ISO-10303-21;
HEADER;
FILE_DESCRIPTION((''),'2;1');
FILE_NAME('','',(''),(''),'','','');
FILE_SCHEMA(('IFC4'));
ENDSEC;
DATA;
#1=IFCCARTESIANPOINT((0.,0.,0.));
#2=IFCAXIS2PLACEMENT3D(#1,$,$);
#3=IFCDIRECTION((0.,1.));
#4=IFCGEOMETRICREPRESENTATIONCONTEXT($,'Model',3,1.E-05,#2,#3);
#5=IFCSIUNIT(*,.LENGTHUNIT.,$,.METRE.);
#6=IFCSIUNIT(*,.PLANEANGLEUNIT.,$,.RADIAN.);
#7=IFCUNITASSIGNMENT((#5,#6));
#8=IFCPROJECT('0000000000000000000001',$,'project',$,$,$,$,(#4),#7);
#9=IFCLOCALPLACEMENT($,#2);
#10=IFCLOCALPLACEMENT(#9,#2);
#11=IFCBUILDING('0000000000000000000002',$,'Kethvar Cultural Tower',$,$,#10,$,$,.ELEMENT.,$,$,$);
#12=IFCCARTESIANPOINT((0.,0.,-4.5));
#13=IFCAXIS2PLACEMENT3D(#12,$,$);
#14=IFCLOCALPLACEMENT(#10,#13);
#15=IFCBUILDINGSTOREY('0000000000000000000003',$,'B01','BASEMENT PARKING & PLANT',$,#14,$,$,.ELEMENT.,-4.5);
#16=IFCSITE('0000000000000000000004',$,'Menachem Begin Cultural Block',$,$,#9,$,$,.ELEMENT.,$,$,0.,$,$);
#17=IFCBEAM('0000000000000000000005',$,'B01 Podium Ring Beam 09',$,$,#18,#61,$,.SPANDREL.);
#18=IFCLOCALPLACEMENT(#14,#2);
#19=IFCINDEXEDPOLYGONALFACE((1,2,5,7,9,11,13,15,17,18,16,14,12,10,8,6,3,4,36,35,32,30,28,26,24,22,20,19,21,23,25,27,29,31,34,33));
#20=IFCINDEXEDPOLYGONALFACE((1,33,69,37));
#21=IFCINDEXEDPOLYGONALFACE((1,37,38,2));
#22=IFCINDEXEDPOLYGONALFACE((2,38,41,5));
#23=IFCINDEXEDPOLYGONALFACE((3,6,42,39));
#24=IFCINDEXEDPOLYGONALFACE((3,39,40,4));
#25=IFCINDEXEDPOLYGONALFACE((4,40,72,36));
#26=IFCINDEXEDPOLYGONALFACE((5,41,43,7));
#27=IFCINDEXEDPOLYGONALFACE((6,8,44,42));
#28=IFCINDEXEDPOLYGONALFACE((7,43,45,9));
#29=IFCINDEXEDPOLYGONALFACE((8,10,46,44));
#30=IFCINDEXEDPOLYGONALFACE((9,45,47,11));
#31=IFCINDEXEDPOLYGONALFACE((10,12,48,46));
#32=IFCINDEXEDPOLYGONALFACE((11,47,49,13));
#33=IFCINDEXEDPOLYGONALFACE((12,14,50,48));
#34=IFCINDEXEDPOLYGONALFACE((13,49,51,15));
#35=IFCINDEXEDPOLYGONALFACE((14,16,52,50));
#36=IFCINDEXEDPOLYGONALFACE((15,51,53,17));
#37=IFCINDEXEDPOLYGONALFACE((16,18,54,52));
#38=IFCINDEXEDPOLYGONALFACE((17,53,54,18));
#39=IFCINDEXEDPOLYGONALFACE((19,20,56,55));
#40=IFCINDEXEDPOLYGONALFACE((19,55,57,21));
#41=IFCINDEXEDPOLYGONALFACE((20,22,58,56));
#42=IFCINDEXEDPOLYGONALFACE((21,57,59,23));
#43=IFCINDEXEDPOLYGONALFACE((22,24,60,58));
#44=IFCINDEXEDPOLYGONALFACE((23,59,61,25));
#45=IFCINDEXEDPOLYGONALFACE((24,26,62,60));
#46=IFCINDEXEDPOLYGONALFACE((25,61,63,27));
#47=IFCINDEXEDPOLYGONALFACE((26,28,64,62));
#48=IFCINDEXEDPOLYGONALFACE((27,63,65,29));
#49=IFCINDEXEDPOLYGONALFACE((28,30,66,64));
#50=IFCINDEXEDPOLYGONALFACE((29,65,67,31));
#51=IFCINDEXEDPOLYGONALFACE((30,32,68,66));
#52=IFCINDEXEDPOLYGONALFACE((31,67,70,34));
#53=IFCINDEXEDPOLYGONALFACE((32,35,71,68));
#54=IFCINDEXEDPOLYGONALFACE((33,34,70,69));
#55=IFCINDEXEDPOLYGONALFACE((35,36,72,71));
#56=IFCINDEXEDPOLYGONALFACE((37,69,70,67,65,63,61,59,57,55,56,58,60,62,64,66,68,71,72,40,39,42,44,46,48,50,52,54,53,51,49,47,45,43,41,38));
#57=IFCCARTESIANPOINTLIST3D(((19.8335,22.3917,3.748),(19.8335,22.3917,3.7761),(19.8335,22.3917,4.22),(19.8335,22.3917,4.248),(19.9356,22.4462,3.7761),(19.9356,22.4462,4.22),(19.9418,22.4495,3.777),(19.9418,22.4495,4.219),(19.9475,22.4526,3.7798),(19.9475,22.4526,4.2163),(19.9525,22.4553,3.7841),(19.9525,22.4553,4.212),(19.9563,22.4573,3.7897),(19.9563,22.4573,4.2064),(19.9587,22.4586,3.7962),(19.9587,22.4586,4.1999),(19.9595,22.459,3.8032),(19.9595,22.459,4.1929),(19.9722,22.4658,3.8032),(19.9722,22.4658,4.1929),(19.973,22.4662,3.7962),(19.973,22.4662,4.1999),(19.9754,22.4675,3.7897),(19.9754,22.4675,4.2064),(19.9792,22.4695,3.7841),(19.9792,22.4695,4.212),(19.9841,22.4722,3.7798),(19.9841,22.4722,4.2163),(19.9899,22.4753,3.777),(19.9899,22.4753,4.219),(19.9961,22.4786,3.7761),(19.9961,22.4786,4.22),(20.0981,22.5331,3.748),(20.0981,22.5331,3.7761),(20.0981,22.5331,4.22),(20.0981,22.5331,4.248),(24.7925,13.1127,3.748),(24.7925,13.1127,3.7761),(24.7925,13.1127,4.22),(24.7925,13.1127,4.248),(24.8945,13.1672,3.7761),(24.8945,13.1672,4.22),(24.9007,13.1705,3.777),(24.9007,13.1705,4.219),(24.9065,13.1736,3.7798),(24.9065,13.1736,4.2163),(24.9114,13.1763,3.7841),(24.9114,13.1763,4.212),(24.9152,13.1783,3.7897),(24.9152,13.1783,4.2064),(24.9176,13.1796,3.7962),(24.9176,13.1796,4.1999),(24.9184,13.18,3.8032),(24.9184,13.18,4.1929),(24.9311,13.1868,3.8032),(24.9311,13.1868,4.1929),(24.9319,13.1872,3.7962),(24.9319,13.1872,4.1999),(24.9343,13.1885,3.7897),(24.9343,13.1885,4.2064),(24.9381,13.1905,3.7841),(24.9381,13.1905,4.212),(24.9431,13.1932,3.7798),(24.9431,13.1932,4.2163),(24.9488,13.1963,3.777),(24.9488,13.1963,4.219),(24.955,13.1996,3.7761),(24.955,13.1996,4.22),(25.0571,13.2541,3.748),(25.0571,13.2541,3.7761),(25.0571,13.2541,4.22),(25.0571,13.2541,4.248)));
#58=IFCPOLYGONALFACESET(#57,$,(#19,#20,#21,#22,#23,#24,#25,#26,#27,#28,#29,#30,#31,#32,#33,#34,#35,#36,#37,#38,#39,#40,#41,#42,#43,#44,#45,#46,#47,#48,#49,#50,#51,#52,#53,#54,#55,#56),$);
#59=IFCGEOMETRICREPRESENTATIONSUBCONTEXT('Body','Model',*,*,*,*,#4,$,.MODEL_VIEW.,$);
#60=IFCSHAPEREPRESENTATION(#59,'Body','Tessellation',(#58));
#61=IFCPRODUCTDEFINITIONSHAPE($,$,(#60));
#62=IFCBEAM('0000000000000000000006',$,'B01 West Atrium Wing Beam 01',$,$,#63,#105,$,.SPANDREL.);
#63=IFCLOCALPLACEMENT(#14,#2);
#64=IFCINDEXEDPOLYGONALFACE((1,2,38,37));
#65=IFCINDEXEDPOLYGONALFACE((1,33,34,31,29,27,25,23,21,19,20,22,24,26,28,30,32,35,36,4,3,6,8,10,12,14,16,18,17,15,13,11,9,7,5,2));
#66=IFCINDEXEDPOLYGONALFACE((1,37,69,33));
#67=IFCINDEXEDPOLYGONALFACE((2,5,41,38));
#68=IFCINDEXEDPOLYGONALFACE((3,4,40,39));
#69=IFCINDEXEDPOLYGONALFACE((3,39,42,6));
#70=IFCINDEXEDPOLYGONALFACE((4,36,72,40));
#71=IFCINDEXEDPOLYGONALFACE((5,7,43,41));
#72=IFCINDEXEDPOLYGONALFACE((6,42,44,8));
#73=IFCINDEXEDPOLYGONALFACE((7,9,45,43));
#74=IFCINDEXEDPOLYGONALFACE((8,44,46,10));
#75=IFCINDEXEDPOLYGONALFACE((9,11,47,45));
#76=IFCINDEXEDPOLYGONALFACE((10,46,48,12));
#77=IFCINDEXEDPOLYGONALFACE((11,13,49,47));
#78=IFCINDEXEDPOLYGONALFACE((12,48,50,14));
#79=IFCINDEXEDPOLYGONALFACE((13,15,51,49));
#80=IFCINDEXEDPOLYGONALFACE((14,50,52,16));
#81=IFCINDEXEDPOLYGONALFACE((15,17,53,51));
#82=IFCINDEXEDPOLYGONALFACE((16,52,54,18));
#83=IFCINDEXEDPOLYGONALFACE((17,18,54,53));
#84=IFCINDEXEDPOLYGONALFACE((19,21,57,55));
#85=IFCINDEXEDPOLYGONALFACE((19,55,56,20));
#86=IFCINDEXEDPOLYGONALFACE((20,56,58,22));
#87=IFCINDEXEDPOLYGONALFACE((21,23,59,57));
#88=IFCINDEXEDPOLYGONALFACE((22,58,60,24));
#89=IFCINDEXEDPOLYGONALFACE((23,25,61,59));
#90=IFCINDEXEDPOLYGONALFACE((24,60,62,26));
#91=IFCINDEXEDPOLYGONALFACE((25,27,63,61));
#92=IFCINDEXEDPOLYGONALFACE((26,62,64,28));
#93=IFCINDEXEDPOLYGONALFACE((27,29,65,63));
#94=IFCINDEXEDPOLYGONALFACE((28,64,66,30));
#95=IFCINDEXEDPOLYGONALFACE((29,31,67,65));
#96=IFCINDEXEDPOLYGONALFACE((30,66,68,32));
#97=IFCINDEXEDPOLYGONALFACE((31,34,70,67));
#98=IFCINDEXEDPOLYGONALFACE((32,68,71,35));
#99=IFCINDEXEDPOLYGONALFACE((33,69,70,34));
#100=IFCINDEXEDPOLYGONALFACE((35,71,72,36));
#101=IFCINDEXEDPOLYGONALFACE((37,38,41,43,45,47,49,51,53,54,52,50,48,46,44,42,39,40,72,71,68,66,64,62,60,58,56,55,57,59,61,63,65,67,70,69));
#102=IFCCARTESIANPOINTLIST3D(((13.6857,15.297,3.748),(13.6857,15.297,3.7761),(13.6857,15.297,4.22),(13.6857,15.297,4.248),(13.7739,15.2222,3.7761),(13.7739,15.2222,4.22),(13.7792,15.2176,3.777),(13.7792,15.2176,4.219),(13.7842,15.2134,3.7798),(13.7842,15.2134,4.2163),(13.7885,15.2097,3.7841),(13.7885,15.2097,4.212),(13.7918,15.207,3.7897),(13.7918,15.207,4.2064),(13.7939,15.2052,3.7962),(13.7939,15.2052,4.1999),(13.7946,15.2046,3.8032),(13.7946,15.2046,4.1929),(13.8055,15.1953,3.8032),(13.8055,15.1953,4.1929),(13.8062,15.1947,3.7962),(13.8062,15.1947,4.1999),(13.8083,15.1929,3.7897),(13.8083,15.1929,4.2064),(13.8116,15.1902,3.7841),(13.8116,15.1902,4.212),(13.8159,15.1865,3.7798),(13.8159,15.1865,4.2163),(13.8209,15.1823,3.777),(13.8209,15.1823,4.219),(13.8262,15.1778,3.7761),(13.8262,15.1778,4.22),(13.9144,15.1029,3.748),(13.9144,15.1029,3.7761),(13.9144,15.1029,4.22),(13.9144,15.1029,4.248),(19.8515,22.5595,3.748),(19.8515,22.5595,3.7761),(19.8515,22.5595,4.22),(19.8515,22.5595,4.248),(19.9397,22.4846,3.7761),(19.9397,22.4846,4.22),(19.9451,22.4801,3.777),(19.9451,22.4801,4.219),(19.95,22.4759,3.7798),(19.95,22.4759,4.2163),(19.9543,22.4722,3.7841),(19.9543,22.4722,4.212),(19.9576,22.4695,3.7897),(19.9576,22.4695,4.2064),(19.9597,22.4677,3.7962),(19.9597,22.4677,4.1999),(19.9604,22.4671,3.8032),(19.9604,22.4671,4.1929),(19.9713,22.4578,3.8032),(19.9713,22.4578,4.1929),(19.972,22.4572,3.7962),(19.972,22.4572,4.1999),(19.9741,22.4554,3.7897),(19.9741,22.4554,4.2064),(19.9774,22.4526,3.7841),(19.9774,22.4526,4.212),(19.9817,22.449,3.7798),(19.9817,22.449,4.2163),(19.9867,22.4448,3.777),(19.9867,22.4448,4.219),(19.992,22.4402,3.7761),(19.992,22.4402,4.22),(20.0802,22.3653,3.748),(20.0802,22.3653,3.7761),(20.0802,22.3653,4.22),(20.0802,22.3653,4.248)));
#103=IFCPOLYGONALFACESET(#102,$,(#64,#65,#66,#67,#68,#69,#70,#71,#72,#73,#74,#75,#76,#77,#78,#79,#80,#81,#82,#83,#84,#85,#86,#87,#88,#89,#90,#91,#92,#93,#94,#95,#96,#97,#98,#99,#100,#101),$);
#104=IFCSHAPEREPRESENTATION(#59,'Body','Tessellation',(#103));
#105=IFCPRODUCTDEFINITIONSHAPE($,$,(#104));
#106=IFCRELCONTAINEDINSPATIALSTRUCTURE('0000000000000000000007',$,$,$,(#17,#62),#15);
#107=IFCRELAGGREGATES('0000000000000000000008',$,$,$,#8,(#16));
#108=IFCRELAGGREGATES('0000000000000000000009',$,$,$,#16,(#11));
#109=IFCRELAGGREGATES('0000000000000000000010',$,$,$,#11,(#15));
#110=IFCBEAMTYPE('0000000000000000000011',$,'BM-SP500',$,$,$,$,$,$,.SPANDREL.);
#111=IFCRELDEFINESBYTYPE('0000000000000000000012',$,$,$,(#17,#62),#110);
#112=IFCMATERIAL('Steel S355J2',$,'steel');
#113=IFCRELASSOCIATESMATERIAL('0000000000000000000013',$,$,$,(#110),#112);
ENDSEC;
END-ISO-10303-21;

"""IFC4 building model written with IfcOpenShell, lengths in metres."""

from ifc_helpers import new_model, si_unit, direction, frame, origin, origin_2d, place, context, subcontext, project, spatial, i_section, extrude, source, transform, mapped, material, material_profile, profile_set, type_object, element, save


model = new_model("IFC4")

# Units and contexts
model_context = context("Model", 3, precision=1e-05, world=origin(), true_north=direction((0.0, 1.0)))
body_context = subcontext(model_context, "Body", "Model", "MODEL_VIEW")
ifc_project = project(units=[si_unit("LENGTHUNIT", "METRE"), si_unit("PLANEANGLEUNIT", "RADIAN")], contexts=[model_context])

# Site, building, storey
site_placement = place(None, origin())
site = spatial("IfcSite", under=ifc_project, at=site_placement, Name="Menachem Begin Cultural Block", CompositionType="ELEMENT", RefElevation=0.0)
building_placement = place(site_placement, origin())
building = spatial("IfcBuilding", under=site, at=building_placement, Name="Kethvar Cultural Tower", CompositionType="ELEMENT")
storey_placement = place(building_placement, frame((0.0, 0.0, -4.5)))
storey = spatial("IfcBuildingStorey", under=building, at=storey_placement, Name="B01", Description="BASEMENT PARKING & PLANT", CompositionType="ELEMENT", Elevation=-4.5)

# Shared definitions
ifc_material_1 = material(Name="Steel S355J2", Category="steel")

# Beams
ifc_material_profile_1 = material_profile(ifc_material_1, i_section(OverallWidth=0.3, OverallDepth=0.5, WebThickness=0.0144, FlangeThickness=0.0281, FilletRadius=0.0271, at=origin_2d()), Name="Steel S355J2 — HEB500")
ifc_profile_set_1 = profile_set([ifc_material_profile_1], Name="Steel S355J2 — HEB500")
beam_type = type_object("IfcBeamType", Name="BM-SP500", PredefinedType="SPANDREL", material=ifc_profile_set_1)
shared_shape_1 = source(origin(), body_context, "Body", "SweptSolid", [
    extrude(i_section(OverallWidth=0.3, OverallDepth=0.5, WebThickness=0.0144, FlangeThickness=0.0281, FilletRadius=0.0271, at=origin_2d()), origin(), (0.0, 0.0, 1.0), 10.521),
])
beam_1_placement = place(storey_placement, frame((19.9658, 22.4624, 3.998), z_axis=(0.47134, -0.881952, 0.0), x_axis=(0.881952, 0.47134, 0.0)))
element("IfcBeam", 1, at=beam_1_placement, inside=storey, type_object=beam_type, Name="B01 Podium Ring Beam 09", PredefinedType="SPANDREL", context=body_context, shape_type="MappedRepresentation", body=[
    mapped(shared_shape_1, transform((0.0, 0.0, 0.0), scale=1.0)),
])
shared_shape_2 = source(origin(), body_context, "Body", "SweptSolid", [
    extrude(i_section(OverallWidth=0.3, OverallDepth=0.5, WebThickness=0.0144, FlangeThickness=0.0281, FilletRadius=0.0271, at=origin_2d()), origin(), (0.0, 0.0, 1.0), 9.5269),
])
beam_2_placement = place(storey_placement, frame((13.8, 15.2, 3.998), z_axis=(0.647203, 0.762318, 0.0), x_axis=(-0.762318, 0.647203, 0.0)))
element("IfcBeam", 2, at=beam_2_placement, inside=storey, type_object=beam_type, Name="B01 West Atrium Wing Beam 01", PredefinedType="SPANDREL", context=body_context, shape_type="MappedRepresentation", body=[
    mapped(shared_shape_2, transform((0.0, 0.0, 0.0), scale=1.0)),
])

save(model, "model.ifc")
